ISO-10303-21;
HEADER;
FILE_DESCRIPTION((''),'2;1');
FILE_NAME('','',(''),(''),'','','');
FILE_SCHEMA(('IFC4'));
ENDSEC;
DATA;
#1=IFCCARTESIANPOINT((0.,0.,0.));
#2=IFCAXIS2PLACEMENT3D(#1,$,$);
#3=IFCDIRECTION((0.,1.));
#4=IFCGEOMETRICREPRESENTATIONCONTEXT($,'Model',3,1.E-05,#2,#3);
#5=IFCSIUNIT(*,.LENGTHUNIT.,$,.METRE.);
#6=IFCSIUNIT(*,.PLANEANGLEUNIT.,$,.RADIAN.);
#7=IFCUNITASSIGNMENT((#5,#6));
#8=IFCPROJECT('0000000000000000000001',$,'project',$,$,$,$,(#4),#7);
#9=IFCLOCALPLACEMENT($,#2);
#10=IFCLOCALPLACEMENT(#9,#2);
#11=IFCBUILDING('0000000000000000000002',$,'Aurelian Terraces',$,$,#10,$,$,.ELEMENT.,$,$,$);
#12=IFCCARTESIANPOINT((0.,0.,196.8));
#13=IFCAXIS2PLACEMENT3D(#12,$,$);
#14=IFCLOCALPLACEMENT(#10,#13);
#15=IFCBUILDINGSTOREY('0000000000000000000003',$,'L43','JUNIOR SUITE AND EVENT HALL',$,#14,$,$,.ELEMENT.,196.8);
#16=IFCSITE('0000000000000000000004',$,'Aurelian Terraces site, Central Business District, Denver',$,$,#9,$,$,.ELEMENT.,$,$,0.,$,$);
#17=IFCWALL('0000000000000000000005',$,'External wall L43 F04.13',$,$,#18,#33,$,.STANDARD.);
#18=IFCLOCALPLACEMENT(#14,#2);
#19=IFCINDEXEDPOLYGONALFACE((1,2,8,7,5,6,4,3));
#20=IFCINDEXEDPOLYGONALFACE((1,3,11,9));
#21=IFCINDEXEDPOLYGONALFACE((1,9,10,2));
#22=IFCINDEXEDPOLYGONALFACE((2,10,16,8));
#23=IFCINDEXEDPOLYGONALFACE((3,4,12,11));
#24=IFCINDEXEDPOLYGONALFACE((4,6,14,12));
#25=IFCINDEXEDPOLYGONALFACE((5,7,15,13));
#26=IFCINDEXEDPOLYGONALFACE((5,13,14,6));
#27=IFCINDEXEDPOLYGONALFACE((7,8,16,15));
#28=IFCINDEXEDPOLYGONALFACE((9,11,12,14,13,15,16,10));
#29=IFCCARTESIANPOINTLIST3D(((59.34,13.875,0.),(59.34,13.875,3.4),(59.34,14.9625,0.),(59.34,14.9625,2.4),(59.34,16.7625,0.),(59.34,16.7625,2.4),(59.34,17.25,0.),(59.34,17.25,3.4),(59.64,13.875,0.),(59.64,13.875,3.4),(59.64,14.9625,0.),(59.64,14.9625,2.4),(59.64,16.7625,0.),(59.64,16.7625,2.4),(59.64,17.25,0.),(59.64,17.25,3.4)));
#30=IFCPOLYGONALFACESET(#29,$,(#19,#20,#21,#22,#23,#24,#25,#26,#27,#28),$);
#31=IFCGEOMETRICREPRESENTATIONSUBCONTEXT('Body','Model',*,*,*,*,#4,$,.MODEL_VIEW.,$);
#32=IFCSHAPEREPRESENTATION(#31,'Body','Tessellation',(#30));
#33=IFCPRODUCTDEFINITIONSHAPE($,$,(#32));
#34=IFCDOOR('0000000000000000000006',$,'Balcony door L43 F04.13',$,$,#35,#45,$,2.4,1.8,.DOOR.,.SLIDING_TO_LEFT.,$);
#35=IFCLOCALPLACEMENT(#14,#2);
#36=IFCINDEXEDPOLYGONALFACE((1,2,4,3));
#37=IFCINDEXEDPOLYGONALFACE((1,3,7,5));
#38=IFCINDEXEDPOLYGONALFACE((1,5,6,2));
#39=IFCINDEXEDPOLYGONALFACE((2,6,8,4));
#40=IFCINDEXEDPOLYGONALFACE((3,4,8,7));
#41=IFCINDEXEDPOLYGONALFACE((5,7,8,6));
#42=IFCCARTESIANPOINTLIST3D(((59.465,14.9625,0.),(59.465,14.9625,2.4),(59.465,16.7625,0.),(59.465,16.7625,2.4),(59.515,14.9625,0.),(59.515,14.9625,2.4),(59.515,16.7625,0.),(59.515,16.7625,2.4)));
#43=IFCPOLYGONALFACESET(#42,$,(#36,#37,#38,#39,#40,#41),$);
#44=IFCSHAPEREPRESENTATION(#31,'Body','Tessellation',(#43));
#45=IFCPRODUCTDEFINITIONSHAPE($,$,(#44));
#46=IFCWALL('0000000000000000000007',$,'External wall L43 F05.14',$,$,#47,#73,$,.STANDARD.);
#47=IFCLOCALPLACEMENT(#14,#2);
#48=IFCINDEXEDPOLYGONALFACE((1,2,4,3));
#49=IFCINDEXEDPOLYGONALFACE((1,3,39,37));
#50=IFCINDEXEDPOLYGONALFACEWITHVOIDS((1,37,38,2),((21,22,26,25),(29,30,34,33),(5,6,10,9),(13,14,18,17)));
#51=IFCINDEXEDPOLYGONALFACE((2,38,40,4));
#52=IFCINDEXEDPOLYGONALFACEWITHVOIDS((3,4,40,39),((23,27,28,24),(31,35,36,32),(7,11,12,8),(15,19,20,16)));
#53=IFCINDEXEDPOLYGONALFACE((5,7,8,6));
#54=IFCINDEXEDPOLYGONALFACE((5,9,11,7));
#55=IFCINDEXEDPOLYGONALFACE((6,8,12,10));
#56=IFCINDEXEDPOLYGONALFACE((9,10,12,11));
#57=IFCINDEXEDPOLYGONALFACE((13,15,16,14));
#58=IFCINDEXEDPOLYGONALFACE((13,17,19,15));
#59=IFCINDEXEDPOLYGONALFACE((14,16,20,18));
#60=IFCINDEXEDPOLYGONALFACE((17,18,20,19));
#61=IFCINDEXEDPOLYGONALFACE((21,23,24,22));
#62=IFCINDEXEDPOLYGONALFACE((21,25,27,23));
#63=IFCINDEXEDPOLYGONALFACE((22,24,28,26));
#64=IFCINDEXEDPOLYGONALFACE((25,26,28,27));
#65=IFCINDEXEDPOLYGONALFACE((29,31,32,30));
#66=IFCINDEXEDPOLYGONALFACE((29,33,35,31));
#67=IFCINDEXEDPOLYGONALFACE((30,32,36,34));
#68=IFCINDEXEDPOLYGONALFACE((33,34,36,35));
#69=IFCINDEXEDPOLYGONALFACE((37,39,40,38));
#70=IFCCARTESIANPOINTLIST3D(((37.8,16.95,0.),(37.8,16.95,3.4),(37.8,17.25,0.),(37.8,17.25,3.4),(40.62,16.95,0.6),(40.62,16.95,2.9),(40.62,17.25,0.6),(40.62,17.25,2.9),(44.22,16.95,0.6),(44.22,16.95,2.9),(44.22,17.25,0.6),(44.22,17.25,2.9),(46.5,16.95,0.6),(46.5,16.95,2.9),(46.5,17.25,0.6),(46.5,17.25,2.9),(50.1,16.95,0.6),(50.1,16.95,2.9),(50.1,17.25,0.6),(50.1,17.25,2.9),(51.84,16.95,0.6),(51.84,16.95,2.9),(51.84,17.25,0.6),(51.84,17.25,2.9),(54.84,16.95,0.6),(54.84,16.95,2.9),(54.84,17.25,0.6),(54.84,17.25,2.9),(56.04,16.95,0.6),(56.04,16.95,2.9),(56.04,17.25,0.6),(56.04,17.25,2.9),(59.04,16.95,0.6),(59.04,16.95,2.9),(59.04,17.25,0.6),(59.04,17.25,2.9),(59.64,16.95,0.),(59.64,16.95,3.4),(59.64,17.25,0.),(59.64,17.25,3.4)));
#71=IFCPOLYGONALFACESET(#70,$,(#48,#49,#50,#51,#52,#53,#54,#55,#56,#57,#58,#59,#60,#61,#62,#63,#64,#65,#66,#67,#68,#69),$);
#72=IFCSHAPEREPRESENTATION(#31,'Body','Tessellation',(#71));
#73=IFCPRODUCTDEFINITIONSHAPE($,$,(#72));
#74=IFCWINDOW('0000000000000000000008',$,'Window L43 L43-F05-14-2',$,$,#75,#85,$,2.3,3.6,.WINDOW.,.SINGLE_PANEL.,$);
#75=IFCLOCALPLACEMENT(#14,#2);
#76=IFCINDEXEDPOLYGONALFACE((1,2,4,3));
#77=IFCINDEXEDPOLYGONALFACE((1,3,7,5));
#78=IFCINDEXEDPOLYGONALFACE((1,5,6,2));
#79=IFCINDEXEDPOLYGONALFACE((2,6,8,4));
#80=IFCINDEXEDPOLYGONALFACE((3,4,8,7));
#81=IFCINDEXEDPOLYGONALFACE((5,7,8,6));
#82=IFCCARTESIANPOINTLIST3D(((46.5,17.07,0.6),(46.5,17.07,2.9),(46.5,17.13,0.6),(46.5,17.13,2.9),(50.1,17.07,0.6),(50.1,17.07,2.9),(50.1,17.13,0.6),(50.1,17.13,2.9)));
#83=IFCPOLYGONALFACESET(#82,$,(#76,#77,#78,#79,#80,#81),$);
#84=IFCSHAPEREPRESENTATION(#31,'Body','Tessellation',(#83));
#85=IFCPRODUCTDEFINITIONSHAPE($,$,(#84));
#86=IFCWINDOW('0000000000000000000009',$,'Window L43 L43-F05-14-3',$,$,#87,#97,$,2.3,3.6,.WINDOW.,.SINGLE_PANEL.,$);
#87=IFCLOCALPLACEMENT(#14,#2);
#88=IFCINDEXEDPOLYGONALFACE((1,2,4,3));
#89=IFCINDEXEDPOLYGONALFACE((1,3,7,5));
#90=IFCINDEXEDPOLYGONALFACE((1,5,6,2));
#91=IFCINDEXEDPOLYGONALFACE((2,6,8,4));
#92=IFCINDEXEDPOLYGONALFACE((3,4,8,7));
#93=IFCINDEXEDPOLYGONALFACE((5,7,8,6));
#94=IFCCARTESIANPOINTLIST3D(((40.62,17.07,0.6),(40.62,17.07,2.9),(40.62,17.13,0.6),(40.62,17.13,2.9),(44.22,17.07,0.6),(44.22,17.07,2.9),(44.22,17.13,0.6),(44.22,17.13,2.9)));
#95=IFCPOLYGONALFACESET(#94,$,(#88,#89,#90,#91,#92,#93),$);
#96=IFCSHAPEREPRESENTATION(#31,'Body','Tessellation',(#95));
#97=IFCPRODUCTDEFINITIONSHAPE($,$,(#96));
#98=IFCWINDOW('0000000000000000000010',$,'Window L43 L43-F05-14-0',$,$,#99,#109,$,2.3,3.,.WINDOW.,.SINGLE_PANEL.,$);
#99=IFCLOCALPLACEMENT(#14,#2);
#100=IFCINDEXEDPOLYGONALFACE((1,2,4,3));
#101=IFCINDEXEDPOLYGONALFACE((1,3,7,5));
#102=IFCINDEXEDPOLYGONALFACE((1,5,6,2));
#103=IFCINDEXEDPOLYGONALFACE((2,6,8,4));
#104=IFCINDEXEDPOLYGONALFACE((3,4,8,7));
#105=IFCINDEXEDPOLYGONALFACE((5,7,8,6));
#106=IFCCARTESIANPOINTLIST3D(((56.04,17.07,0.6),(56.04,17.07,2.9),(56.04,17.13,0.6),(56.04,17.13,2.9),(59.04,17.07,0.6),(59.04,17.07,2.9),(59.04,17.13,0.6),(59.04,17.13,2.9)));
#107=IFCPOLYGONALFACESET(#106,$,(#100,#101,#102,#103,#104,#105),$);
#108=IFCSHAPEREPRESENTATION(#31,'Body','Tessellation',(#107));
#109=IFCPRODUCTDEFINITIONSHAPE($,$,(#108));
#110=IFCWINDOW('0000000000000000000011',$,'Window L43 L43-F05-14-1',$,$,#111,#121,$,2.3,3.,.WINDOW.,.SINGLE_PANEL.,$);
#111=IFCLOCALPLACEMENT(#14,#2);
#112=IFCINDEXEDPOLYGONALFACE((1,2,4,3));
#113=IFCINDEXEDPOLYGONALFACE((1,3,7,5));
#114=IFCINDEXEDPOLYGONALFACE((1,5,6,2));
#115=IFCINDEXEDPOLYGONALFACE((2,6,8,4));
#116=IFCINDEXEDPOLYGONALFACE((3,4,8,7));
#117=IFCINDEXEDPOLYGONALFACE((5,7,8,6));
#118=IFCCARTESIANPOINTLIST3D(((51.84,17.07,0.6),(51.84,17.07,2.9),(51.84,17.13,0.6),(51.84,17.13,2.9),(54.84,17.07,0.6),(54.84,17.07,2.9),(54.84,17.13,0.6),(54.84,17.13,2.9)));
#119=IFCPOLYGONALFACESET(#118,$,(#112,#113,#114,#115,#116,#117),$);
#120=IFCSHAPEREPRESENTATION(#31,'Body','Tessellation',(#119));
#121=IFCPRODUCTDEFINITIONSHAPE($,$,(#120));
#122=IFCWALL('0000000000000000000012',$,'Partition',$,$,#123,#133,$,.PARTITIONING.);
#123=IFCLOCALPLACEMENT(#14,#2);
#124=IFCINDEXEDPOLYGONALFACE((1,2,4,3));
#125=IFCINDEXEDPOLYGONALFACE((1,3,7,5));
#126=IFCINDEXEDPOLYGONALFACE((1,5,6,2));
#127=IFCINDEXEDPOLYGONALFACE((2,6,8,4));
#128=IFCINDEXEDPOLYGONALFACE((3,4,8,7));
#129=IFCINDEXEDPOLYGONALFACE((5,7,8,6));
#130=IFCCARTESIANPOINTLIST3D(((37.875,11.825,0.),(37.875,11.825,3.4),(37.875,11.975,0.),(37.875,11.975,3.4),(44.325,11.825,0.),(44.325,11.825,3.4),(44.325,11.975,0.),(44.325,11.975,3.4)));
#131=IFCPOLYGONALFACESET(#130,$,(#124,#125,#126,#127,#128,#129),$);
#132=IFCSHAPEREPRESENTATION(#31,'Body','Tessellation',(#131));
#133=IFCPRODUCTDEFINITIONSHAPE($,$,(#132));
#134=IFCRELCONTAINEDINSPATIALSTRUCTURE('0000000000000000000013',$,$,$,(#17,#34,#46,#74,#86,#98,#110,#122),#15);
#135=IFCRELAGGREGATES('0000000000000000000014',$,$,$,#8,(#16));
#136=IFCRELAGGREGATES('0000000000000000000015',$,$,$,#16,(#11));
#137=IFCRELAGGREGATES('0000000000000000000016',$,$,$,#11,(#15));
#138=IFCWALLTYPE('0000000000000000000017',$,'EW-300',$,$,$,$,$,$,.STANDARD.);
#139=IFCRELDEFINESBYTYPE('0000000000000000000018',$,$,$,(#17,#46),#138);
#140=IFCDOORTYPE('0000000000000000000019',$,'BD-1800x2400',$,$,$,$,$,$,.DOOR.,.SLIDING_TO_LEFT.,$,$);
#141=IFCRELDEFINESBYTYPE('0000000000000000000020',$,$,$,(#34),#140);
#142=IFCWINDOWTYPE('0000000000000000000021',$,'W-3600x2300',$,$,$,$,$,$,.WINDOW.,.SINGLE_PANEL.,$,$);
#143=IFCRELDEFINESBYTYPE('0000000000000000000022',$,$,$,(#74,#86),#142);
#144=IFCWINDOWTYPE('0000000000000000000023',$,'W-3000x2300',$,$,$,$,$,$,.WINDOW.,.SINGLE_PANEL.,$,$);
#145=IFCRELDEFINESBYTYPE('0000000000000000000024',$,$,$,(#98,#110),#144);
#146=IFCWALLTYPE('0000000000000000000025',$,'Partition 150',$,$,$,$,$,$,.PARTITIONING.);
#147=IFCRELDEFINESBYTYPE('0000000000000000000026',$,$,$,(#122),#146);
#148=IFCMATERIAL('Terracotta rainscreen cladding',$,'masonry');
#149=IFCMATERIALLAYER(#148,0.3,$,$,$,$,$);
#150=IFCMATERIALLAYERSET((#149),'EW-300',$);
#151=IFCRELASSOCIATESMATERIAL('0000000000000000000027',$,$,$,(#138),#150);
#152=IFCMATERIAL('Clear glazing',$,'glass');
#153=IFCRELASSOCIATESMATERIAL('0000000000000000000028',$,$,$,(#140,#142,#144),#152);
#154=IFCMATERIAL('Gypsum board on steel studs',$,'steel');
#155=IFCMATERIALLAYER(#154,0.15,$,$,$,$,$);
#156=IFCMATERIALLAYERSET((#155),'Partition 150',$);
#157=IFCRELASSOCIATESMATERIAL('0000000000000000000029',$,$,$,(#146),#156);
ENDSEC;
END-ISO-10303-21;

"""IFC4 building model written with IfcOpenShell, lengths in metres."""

from ifc_helpers import new_model, si_unit, direction, frame, frame_2d, origin, place, context, subcontext, project, spatial, rectangle, extrude, source, transform, mapped, material, layer, layer_set, type_object, element, fill, save


model = new_model("IFC4")

# Units and contexts
model_context = context("Model", 3, precision=1e-05, world=origin(), true_north=direction((0.0, 1.0)))
body_context = subcontext(model_context, "Body", "Model", "MODEL_VIEW")
ifc_project = project(units=[si_unit("LENGTHUNIT", "METRE"), si_unit("PLANEANGLEUNIT", "RADIAN")], contexts=[model_context])

# Site, building, storey
site_placement = place(None, origin())
site = spatial("IfcSite", under=ifc_project, at=site_placement, Name="Aurelian Terraces site, Central Business District, Denver", CompositionType="ELEMENT", RefElevation=0.0)
building_placement = place(site_placement, origin())
building = spatial("IfcBuilding", under=site, at=building_placement, Name="Aurelian Terraces", CompositionType="ELEMENT")
storey_placement = place(building_placement, frame((0.0, 0.0, 196.8)))
storey = spatial("IfcBuildingStorey", under=building, at=storey_placement, Name="L43", Description="JUNIOR SUITE AND EVENT HALL", CompositionType="ELEMENT", Elevation=196.8)

# Wall, opening, door
ifc_material_1 = material(Name="Terracotta rainscreen cladding", Category="masonry")
ifc_layer_1 = layer(ifc_material_1, 0.3)
ifc_layer_set_1 = layer_set([ifc_layer_1], Name="EW-300")
wall_type_1 = type_object("IfcWallType", Name="EW-300", PredefinedType="STANDARD", material=ifc_layer_set_1)
shared_shape_1 = source(origin(), body_context, "Body", "SweptSolid", [
    extrude(rectangle(XDim=3.375, YDim=0.3, at=frame_2d((1.6875, 0.0))), origin(), (0.0, 0.0, 1.0), 3.4),
])
wall_1_placement = place(storey_placement, frame((59.49, 13.875, 0.0), z_axis=(0.0, 0.0, 1.0), x_axis=(0.0, 1.0, 0.0)))
wall_1 = element("IfcWall", 1, at=wall_1_placement, inside=storey, type_object=wall_type_1, Name="External wall L43 F04.13", PredefinedType="STANDARD", context=body_context, shape_type="MappedRepresentation", body=[
    mapped(shared_shape_1, transform((0.0, 0.0, 0.0), scale=1.0)),
])
shared_shape_2 = source(origin(), body_context, "Body", "SweptSolid", [
    extrude(rectangle(XDim=1.8, YDim=2.4, at=frame_2d((0.9, 1.2))), frame((0.0, 0.16, 0.0), z_axis=(0.0, -1.0, 0.0), x_axis=(1.0, 0.0, 0.0)), (0.0, 0.0, 1.0), 0.32),
])
opening_1_placement = place(wall_1_placement, frame((1.0875, 0.0, 0.0)))
opening_1 = element("IfcOpeningElement", 2, at=opening_1_placement, cuts=wall_1, PredefinedType="OPENING", context=body_context, shape_type="MappedRepresentation", body=[
    mapped(shared_shape_2, transform((0.0, 0.0, 0.0), scale=1.0)),
])
ifc_material_2 = material(Name="Clear glazing", Category="glass")
door_type_1 = type_object("IfcDoorType", Name="BD-1800x2400", OperationType="SLIDING_TO_LEFT", PredefinedType="DOOR", material=ifc_material_2)
shared_shape_3 = source(origin(), body_context, "Body", "SweptSolid", [
    extrude(rectangle(XDim=1.8, YDim=2.4, at=frame_2d((0.9, 1.2))), frame((0.0, 0.025, 0.0), z_axis=(0.0, -1.0, 0.0), x_axis=(1.0, 0.0, 0.0)), (0.0, 0.0, 1.0), 0.05),
])
door_1_placement = place(opening_1_placement, origin())
door_1 = element("IfcDoor", 3, at=door_1_placement, inside=storey, type_object=door_type_1, Name="Balcony door L43 F04.13", OperationType="SLIDING_TO_LEFT", OverallHeight=2.4, OverallWidth=1.8, PredefinedType="DOOR", context=body_context, shape_type="MappedRepresentation", body=[
    mapped(shared_shape_3, transform((0.0, 0.0, 0.0), scale=1.0)),
])
fill(opening_1, door_1)

# Wall, openings, windows
shared_shape_4 = source(origin(), body_context, "Body", "SweptSolid", [
    extrude(rectangle(XDim=21.84, YDim=0.3, at=frame_2d((10.92, 0.0))), origin(), (0.0, 0.0, 1.0), 3.4),
])
wall_2_placement = place(storey_placement, frame((59.64, 17.1, 0.0), z_axis=(0.0, 0.0, 1.0), x_axis=(-1.0, 0.0, 0.0)))
wall_2 = element("IfcWall", 4, at=wall_2_placement, inside=storey, type_object=wall_type_1, Name="External wall L43 F05.14", PredefinedType="STANDARD", context=body_context, shape_type="MappedRepresentation", body=[
    mapped(shared_shape_4, transform((0.0, 0.0, 0.0), scale=1.0)),
])
shared_shape_5 = source(origin(), body_context, "Body", "SweptSolid", [
    extrude(rectangle(XDim=3.0, YDim=2.3, at=frame_2d((1.5, 1.15))), frame((0.0, 0.16, 0.0), z_axis=(0.0, -1.0, 0.0), x_axis=(1.0, 0.0, 0.0)), (0.0, 0.0, 1.0), 0.32),
])
opening_2_placement = place(wall_2_placement, frame((0.6, 0.0, 0.6)))
opening_2 = element("IfcOpeningElement", 5, at=opening_2_placement, cuts=wall_2, PredefinedType="OPENING", context=body_context, shape_type="MappedRepresentation", body=[
    mapped(shared_shape_5, transform((0.0, 0.0, 0.0), scale=1.0)),
])
opening_3_placement = place(wall_2_placement, frame((4.8, 0.0, 0.6)))
opening_3 = element("IfcOpeningElement", 6, at=opening_3_placement, cuts=wall_2, PredefinedType="OPENING", context=body_context, shape_type="MappedRepresentation", body=[
    mapped(shared_shape_5, transform((0.0, 0.0, 0.0), scale=1.0)),
])
shared_shape_6 = source(origin(), body_context, "Body", "SweptSolid", [
    extrude(rectangle(XDim=3.6, YDim=2.3, at=frame_2d((1.8, 1.15))), frame((0.0, 0.16, 0.0), z_axis=(0.0, -1.0, 0.0), x_axis=(1.0, 0.0, 0.0)), (0.0, 0.0, 1.0), 0.32),
])
opening_4_placement = place(wall_2_placement, frame((9.54, 0.0, 0.6)))
opening_4 = element("IfcOpeningElement", 7, at=opening_4_placement, cuts=wall_2, PredefinedType="OPENING", context=body_context, shape_type="MappedRepresentation", body=[
    mapped(shared_shape_6, transform((0.0, 0.0, 0.0), scale=1.0)),
])
opening_5_placement = place(wall_2_placement, frame((15.42, 0.0, 0.6)))
opening_5 = element("IfcOpeningElement", 8, at=opening_5_placement, cuts=wall_2, PredefinedType="OPENING", context=body_context, shape_type="MappedRepresentation", body=[
    mapped(shared_shape_6, transform((0.0, 0.0, 0.0), scale=1.0)),
])
window_type_1 = type_object("IfcWindowType", Name="W-3600x2300", PartitioningType="SINGLE_PANEL", PredefinedType="WINDOW", material=ifc_material_2)
shared_shape_7 = source(origin(), body_context, "Body", "SweptSolid", [
    extrude(rectangle(XDim=3.6, YDim=2.3, at=frame_2d((1.8, 1.15))), frame((0.0, 0.03, 0.0), z_axis=(0.0, -1.0, 0.0), x_axis=(1.0, 0.0, 0.0)), (0.0, 0.0, 1.0), 0.06),
])
window_1_placement = place(opening_4_placement, origin())
window_1 = element("IfcWindow", 9, at=window_1_placement, inside=storey, type_object=window_type_1, Name="Window L43 L43-F05-14-2", OverallHeight=2.3, OverallWidth=3.6, PartitioningType="SINGLE_PANEL", PredefinedType="WINDOW", context=body_context, shape_type="MappedRepresentation", body=[
    mapped(shared_shape_7, transform((0.0, 0.0, 0.0), scale=1.0)),
])
fill(opening_4, window_1)
window_2_placement = place(opening_5_placement, origin())
window_2 = element("IfcWindow", 10, at=window_2_placement, inside=storey, type_object=window_type_1, Name="Window L43 L43-F05-14-3", OverallHeight=2.3, OverallWidth=3.6, PartitioningType="SINGLE_PANEL", PredefinedType="WINDOW", context=body_context, shape_type="MappedRepresentation", body=[
    mapped(shared_shape_7, transform((0.0, 0.0, 0.0), scale=1.0)),
])
fill(opening_5, window_2)
window_type_2 = type_object("IfcWindowType", Name="W-3000x2300", PartitioningType="SINGLE_PANEL", PredefinedType="WINDOW", material=ifc_material_2)
shared_shape_8 = source(origin(), body_context, "Body", "SweptSolid", [
    extrude(rectangle(XDim=3.0, YDim=2.3, at=frame_2d((1.5, 1.15))), frame((0.0, 0.03, 0.0), z_axis=(0.0, -1.0, 0.0), x_axis=(1.0, 0.0, 0.0)), (0.0, 0.0, 1.0), 0.06),
])
window_3_placement = place(opening_2_placement, origin())
window_3 = element("IfcWindow", 11, at=window_3_placement, inside=storey, type_object=window_type_2, Name="Window L43 L43-F05-14-0", OverallHeight=2.3, OverallWidth=3.0, PartitioningType="SINGLE_PANEL", PredefinedType="WINDOW", context=body_context, shape_type="MappedRepresentation", body=[
    mapped(shared_shape_8, transform((0.0, 0.0, 0.0), scale=1.0)),
])
fill(opening_2, window_3)
window_4_placement = place(opening_3_placement, origin())
window_4 = element("IfcWindow", 12, at=window_4_placement, inside=storey, type_object=window_type_2, Name="Window L43 L43-F05-14-1", OverallHeight=2.3, OverallWidth=3.0, PartitioningType="SINGLE_PANEL", PredefinedType="WINDOW", context=body_context, shape_type="MappedRepresentation", body=[
    mapped(shared_shape_8, transform((0.0, 0.0, 0.0), scale=1.0)),
])
fill(opening_3, window_4)

# Wall
ifc_material_3 = material(Name="Gypsum board on steel studs", Category="steel")
ifc_layer_2 = layer(ifc_material_3, 0.15)
ifc_layer_set_2 = layer_set([ifc_layer_2], Name="Partition 150")
wall_type_2 = type_object("IfcWallType", Name="Partition 150", PredefinedType="PARTITIONING", material=ifc_layer_set_2)
shared_shape_9 = source(origin(), body_context, "Body", "SweptSolid", [
    extrude(rectangle(XDim=6.45, YDim=0.15, at=frame_2d((3.225, 0.0))), origin(), (0.0, 0.0, 1.0), 3.4),
])
wall_3_placement = place(storey_placement, frame((37.875, 11.9, 0.0), z_axis=(0.0, 0.0, 1.0), x_axis=(1.0, 0.0, 0.0)))
element("IfcWall", 13, at=wall_3_placement, inside=storey, type_object=wall_type_2, Name="Partition", PredefinedType="PARTITIONING", context=body_context, shape_type="MappedRepresentation", body=[
    mapped(shared_shape_9, transform((0.0, 0.0, 0.0), scale=1.0)),
])

save(model, "model.ifc")
